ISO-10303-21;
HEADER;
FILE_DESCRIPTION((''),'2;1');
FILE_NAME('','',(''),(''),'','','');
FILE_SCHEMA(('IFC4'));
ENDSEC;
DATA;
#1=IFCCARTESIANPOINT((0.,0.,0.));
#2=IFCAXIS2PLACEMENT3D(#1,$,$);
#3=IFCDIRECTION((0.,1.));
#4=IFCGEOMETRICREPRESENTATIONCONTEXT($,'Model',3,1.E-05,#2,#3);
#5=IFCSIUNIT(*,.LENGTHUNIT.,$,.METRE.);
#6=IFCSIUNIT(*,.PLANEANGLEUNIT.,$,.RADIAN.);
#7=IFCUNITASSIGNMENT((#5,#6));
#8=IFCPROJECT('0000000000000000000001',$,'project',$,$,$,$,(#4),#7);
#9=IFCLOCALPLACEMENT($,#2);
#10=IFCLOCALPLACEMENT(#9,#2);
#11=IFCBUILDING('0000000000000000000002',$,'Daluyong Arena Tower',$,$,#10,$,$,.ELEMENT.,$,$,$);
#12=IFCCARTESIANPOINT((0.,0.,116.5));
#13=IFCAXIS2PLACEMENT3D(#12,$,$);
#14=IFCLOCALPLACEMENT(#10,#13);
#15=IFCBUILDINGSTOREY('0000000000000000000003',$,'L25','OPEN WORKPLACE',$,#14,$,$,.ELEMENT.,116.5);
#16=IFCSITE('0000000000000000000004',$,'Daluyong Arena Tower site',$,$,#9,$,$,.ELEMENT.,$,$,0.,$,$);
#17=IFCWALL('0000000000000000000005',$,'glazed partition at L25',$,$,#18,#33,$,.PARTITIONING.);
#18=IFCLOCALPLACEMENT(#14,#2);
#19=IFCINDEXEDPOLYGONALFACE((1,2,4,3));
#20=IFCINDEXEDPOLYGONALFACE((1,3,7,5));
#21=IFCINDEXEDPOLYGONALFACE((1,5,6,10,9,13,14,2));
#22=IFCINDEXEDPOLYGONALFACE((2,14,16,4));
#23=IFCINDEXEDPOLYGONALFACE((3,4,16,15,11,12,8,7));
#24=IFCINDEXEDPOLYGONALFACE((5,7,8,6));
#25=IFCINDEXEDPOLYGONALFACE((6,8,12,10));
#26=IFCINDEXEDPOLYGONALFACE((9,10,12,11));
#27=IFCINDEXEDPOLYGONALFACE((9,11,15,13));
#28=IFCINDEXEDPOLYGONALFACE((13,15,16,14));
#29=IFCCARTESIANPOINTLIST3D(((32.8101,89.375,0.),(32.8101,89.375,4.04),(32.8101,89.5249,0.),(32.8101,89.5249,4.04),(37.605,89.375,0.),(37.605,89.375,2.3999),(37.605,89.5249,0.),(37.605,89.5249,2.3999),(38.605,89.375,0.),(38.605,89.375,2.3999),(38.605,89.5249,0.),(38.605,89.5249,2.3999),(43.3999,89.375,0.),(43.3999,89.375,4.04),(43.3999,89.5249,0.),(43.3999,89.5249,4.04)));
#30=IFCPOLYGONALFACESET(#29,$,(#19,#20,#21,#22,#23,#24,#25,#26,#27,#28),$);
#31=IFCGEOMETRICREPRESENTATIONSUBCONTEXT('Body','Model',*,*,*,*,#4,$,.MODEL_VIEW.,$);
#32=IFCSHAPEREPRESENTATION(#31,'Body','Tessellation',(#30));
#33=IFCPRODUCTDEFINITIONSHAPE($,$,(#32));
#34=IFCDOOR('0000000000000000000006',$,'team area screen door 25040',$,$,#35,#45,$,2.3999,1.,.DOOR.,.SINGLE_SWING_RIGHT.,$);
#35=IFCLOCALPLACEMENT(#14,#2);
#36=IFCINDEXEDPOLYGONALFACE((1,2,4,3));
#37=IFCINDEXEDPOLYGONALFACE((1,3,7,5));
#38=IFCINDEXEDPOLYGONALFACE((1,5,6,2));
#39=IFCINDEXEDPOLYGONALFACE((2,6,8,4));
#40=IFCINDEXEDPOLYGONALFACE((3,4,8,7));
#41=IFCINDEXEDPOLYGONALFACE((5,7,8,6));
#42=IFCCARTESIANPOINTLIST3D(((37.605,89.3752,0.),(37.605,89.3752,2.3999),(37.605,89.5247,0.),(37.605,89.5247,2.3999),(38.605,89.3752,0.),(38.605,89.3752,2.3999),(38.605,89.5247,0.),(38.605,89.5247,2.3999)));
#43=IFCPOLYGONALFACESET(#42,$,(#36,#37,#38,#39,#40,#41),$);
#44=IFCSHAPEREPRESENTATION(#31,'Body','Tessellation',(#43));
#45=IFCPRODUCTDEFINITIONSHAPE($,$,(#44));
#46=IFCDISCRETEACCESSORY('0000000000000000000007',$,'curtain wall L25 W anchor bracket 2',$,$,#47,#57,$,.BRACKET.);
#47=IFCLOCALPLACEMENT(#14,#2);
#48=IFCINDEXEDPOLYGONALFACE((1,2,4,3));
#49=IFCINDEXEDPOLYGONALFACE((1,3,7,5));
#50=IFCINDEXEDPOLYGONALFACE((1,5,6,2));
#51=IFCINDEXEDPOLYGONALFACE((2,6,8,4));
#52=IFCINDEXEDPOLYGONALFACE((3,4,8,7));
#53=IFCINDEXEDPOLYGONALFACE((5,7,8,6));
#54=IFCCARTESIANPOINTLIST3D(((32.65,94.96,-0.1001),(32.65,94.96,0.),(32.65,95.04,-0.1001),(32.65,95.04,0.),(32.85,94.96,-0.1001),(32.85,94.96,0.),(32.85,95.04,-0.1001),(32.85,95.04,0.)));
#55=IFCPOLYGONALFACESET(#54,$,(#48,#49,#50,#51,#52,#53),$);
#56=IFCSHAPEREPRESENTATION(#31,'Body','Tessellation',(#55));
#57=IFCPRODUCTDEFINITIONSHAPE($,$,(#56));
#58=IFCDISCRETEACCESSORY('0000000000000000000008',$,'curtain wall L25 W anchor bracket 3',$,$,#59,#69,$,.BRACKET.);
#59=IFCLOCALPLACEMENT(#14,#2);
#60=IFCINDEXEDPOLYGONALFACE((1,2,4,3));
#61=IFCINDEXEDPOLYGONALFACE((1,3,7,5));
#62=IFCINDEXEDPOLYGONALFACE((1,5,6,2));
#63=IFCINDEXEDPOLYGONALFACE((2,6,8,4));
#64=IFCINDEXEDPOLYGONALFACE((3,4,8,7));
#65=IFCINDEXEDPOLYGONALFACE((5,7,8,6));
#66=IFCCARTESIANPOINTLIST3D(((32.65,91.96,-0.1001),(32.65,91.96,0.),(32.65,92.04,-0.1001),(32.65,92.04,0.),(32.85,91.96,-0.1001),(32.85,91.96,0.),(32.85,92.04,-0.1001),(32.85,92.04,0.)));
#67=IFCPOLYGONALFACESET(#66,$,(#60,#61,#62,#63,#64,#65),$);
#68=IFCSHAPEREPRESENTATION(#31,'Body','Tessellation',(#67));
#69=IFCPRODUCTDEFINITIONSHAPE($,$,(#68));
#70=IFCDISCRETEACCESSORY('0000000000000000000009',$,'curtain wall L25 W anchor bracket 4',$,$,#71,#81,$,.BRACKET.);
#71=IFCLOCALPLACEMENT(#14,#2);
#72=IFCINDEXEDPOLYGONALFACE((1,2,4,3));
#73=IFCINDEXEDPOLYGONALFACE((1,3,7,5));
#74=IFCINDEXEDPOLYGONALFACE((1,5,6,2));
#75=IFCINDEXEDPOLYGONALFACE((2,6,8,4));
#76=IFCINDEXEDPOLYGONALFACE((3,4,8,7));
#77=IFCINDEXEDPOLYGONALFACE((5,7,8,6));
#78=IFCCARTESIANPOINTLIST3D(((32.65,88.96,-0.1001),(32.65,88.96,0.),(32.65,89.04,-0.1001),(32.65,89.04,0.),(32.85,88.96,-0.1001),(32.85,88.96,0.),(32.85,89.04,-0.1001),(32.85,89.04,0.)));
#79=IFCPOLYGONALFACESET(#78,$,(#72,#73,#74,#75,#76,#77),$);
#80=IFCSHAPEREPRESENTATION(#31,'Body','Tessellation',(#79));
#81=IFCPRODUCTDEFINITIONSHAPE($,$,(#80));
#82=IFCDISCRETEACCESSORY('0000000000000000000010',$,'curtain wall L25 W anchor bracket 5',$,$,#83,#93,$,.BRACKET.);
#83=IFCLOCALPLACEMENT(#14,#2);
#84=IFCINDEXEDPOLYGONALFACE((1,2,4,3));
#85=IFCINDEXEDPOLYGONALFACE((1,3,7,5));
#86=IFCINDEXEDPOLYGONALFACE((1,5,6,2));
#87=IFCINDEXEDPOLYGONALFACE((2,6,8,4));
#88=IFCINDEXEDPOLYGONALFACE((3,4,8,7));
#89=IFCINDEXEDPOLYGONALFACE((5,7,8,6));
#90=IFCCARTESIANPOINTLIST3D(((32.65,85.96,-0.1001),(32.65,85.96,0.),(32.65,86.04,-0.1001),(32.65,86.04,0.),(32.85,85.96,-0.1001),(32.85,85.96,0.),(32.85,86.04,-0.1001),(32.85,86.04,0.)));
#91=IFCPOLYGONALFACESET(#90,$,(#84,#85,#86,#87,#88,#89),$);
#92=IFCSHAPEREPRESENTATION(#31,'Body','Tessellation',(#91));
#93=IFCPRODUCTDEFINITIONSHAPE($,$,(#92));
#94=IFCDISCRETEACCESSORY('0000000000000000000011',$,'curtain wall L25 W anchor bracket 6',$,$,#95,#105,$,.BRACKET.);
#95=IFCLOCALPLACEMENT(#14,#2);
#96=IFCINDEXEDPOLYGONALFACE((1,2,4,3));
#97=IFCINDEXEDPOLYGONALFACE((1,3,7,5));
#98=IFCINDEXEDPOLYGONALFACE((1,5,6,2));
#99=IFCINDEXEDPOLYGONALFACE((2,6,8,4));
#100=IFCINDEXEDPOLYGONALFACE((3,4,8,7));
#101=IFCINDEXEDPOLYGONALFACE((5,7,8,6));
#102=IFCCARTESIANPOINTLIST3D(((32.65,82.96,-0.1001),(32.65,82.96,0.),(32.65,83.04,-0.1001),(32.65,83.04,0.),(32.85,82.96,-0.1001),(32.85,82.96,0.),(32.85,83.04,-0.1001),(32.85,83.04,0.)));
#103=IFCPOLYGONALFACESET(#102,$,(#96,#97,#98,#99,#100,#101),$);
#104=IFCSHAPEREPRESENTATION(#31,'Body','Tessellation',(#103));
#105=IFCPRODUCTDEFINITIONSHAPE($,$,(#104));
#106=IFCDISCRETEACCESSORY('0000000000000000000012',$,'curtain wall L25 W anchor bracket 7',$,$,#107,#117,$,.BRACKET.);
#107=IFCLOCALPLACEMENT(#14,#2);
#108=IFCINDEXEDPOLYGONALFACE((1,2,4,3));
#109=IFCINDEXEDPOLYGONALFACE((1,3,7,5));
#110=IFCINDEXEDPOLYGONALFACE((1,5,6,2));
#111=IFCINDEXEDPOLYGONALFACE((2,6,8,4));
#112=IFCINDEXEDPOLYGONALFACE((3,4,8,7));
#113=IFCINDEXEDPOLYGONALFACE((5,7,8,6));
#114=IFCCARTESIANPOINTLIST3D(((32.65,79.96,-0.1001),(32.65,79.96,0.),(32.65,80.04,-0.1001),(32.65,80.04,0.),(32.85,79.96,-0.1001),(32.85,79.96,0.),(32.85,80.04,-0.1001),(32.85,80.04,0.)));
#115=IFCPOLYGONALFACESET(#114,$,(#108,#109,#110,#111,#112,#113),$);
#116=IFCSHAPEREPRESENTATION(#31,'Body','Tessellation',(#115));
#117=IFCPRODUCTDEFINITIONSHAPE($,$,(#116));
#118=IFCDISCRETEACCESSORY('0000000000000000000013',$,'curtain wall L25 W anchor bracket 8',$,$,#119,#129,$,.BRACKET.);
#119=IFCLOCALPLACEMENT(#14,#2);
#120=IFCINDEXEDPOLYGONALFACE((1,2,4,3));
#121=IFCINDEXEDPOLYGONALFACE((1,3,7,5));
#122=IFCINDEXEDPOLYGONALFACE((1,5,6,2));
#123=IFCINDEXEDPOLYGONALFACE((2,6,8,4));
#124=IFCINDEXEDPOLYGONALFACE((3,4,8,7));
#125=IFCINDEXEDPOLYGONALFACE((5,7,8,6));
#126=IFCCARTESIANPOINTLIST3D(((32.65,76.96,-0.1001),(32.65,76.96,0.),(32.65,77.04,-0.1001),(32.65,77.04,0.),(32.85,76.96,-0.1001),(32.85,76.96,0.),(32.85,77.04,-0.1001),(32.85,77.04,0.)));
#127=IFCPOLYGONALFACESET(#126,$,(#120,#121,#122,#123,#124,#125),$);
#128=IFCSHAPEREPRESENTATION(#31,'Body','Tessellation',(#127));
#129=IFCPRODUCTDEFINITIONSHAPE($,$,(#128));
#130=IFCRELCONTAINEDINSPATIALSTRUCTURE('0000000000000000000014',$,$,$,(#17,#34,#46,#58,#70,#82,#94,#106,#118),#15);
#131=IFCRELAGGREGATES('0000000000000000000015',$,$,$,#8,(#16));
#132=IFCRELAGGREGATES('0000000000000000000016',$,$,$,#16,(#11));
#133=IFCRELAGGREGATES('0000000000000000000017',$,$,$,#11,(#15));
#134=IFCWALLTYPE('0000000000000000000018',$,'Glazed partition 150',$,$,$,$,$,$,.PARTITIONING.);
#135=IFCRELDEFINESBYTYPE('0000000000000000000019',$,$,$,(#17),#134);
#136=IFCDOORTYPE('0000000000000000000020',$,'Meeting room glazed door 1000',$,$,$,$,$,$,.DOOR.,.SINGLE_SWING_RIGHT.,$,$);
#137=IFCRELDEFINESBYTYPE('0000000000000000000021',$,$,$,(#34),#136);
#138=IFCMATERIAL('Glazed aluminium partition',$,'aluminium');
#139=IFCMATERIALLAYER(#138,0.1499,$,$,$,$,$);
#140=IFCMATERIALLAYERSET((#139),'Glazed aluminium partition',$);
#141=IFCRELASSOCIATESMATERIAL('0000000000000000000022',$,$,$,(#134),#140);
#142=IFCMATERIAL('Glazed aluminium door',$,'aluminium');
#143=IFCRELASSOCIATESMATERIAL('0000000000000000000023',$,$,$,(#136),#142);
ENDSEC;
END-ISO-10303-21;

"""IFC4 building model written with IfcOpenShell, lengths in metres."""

from ifc_helpers import new_model, si_unit, direction, frame, frame_2d, origin, origin_2d, place, context, subcontext, project, spatial, rectangle, extrude, material, layer, layer_set, type_object, element, fill, save


model = new_model("IFC4")

# Units and contexts
model_context = context("Model", 3, precision=1e-05, world=origin(), true_north=direction((0.0, 1.0)))
body_context = subcontext(model_context, "Body", "Model", "MODEL_VIEW")
ifc_project = project(units=[si_unit("LENGTHUNIT", "METRE"), si_unit("PLANEANGLEUNIT", "RADIAN")], contexts=[model_context])

# Site, building, storey
site_placement = place(None, origin())
site = spatial("IfcSite", under=ifc_project, at=site_placement, Name="Daluyong Arena Tower site", CompositionType="ELEMENT", RefElevation=0.0)
building_placement = place(site_placement, origin())
building = spatial("IfcBuilding", under=site, at=building_placement, Name="Daluyong Arena Tower", CompositionType="ELEMENT")
storey_placement = place(building_placement, frame((0.0, 0.0, 116.5)))
storey = spatial("IfcBuildingStorey", under=building, at=storey_placement, Name="L25", Description="OPEN WORKPLACE", CompositionType="ELEMENT", Elevation=116.5)

# Wall, opening, door
ifc_material_1 = material(Name="Glazed aluminium partition", Category="aluminium")
ifc_layer_1 = layer(ifc_material_1, 0.1499)
ifc_layer_set_1 = layer_set([ifc_layer_1], Name="Glazed aluminium partition")
wall_type = type_object("IfcWallType", Name="Glazed partition 150", PredefinedType="PARTITIONING", material=ifc_layer_set_1)
wall_placement = place(storey_placement, frame((32.8101, 89.45, 0.0), z_axis=(0.0, 0.0, 1.0), x_axis=(1.0, 0.0, 0.0)))
wall = element("IfcWall", 1, at=wall_placement, inside=storey, type_object=wall_type, Name="glazed partition at L25", PredefinedType="PARTITIONING", context=body_context, shape_type="SweptSolid", body=[
    extrude(rectangle(XDim=10.5898, YDim=0.1499, at=frame_2d((5.2949, 0.0))), origin(), (0.0, 0.0, 1.0), 4.04),
])
opening_placement = place(wall_placement, frame((4.7949, 0.0, 0.0)))
opening = element("IfcOpeningElement", 2, at=opening_placement, cuts=wall, PredefinedType="OPENING", context=body_context, shape_type="SweptSolid", body=[
    extrude(rectangle(XDim=1.0, YDim=2.3999, at=frame_2d((0.5, 1.2))), frame((0.0, 0.085, 0.0), z_axis=(0.0, -1.0, 0.0), x_axis=(1.0, 0.0, 0.0)), (0.0, 0.0, 1.0), 0.1699),
])
ifc_material_2 = material(Name="Glazed aluminium door", Category="aluminium")
door_type = type_object("IfcDoorType", Name="Meeting room glazed door 1000", OperationType="SINGLE_SWING_RIGHT", PredefinedType="DOOR", material=ifc_material_2)
door_placement = place(opening_placement, origin())
door = element("IfcDoor", 3, at=door_placement, inside=storey, type_object=door_type, Name="team area screen door 25040", OperationType="SINGLE_SWING_RIGHT", OverallHeight=2.3999, OverallWidth=1.0, PredefinedType="DOOR", context=body_context, shape_type="SweptSolid", body=[
    extrude(rectangle(XDim=1.0, YDim=2.3999, at=frame_2d((0.5, 1.2))), frame((0.0, 0.0747, 0.0), z_axis=(0.0, -1.0, 0.0), x_axis=(1.0, 0.0, 0.0)), (0.0, 0.0, 1.0), 0.1494),
])
fill(opening, door)

# Discrete accessories
for number, where, z_axis, x_axis, name in (
    (4, (32.75, 95.0, -0.1001), (0.0, 0.0, 1.0), (0.0, -1.0, 0.0), "curtain wall L25 W anchor bracket 2"),
    (5, (32.75, 92.0, -0.1001), (0.0, 0.0, 1.0), (0.0, -1.0, 0.0), "curtain wall L25 W anchor bracket 3"),
    (6, (32.75, 89.0, -0.1001), (0.0, 0.0, 1.0), (0.0, -1.0, 0.0), "curtain wall L25 W anchor bracket 4"),
    (7, (32.75, 86.0, -0.1001), (0.0, 0.0, 1.0), (0.0, -1.0, 0.0), "curtain wall L25 W anchor bracket 5"),
    (8, (32.75, 83.0, -0.1001), (0.0, 0.0, 1.0), (0.0, -1.0, 0.0), "curtain wall L25 W anchor bracket 6"),
    (9, (32.75, 80.0, -0.1001), (0.0, 0.0, 1.0), (0.0, -1.0, 0.0), "curtain wall L25 W anchor bracket 7"),
    (10, (32.75, 77.0, -0.1001), (0.0, 0.0, 1.0), (0.0, -1.0, 0.0), "curtain wall L25 W anchor bracket 8"),
):
    element("IfcDiscreteAccessory", number, at=place(storey_placement, frame(where, z_axis=z_axis, x_axis=x_axis)), inside=storey, Name=name, PredefinedType="BRACKET", context=body_context, shape_type="SweptSolid", body=[
        extrude(rectangle(XDim=0.0801, YDim=0.2, at=origin_2d()), origin(), (0.0, 0.0, 1.0), 0.1001),
    ])

save(model, "model.ifc")
